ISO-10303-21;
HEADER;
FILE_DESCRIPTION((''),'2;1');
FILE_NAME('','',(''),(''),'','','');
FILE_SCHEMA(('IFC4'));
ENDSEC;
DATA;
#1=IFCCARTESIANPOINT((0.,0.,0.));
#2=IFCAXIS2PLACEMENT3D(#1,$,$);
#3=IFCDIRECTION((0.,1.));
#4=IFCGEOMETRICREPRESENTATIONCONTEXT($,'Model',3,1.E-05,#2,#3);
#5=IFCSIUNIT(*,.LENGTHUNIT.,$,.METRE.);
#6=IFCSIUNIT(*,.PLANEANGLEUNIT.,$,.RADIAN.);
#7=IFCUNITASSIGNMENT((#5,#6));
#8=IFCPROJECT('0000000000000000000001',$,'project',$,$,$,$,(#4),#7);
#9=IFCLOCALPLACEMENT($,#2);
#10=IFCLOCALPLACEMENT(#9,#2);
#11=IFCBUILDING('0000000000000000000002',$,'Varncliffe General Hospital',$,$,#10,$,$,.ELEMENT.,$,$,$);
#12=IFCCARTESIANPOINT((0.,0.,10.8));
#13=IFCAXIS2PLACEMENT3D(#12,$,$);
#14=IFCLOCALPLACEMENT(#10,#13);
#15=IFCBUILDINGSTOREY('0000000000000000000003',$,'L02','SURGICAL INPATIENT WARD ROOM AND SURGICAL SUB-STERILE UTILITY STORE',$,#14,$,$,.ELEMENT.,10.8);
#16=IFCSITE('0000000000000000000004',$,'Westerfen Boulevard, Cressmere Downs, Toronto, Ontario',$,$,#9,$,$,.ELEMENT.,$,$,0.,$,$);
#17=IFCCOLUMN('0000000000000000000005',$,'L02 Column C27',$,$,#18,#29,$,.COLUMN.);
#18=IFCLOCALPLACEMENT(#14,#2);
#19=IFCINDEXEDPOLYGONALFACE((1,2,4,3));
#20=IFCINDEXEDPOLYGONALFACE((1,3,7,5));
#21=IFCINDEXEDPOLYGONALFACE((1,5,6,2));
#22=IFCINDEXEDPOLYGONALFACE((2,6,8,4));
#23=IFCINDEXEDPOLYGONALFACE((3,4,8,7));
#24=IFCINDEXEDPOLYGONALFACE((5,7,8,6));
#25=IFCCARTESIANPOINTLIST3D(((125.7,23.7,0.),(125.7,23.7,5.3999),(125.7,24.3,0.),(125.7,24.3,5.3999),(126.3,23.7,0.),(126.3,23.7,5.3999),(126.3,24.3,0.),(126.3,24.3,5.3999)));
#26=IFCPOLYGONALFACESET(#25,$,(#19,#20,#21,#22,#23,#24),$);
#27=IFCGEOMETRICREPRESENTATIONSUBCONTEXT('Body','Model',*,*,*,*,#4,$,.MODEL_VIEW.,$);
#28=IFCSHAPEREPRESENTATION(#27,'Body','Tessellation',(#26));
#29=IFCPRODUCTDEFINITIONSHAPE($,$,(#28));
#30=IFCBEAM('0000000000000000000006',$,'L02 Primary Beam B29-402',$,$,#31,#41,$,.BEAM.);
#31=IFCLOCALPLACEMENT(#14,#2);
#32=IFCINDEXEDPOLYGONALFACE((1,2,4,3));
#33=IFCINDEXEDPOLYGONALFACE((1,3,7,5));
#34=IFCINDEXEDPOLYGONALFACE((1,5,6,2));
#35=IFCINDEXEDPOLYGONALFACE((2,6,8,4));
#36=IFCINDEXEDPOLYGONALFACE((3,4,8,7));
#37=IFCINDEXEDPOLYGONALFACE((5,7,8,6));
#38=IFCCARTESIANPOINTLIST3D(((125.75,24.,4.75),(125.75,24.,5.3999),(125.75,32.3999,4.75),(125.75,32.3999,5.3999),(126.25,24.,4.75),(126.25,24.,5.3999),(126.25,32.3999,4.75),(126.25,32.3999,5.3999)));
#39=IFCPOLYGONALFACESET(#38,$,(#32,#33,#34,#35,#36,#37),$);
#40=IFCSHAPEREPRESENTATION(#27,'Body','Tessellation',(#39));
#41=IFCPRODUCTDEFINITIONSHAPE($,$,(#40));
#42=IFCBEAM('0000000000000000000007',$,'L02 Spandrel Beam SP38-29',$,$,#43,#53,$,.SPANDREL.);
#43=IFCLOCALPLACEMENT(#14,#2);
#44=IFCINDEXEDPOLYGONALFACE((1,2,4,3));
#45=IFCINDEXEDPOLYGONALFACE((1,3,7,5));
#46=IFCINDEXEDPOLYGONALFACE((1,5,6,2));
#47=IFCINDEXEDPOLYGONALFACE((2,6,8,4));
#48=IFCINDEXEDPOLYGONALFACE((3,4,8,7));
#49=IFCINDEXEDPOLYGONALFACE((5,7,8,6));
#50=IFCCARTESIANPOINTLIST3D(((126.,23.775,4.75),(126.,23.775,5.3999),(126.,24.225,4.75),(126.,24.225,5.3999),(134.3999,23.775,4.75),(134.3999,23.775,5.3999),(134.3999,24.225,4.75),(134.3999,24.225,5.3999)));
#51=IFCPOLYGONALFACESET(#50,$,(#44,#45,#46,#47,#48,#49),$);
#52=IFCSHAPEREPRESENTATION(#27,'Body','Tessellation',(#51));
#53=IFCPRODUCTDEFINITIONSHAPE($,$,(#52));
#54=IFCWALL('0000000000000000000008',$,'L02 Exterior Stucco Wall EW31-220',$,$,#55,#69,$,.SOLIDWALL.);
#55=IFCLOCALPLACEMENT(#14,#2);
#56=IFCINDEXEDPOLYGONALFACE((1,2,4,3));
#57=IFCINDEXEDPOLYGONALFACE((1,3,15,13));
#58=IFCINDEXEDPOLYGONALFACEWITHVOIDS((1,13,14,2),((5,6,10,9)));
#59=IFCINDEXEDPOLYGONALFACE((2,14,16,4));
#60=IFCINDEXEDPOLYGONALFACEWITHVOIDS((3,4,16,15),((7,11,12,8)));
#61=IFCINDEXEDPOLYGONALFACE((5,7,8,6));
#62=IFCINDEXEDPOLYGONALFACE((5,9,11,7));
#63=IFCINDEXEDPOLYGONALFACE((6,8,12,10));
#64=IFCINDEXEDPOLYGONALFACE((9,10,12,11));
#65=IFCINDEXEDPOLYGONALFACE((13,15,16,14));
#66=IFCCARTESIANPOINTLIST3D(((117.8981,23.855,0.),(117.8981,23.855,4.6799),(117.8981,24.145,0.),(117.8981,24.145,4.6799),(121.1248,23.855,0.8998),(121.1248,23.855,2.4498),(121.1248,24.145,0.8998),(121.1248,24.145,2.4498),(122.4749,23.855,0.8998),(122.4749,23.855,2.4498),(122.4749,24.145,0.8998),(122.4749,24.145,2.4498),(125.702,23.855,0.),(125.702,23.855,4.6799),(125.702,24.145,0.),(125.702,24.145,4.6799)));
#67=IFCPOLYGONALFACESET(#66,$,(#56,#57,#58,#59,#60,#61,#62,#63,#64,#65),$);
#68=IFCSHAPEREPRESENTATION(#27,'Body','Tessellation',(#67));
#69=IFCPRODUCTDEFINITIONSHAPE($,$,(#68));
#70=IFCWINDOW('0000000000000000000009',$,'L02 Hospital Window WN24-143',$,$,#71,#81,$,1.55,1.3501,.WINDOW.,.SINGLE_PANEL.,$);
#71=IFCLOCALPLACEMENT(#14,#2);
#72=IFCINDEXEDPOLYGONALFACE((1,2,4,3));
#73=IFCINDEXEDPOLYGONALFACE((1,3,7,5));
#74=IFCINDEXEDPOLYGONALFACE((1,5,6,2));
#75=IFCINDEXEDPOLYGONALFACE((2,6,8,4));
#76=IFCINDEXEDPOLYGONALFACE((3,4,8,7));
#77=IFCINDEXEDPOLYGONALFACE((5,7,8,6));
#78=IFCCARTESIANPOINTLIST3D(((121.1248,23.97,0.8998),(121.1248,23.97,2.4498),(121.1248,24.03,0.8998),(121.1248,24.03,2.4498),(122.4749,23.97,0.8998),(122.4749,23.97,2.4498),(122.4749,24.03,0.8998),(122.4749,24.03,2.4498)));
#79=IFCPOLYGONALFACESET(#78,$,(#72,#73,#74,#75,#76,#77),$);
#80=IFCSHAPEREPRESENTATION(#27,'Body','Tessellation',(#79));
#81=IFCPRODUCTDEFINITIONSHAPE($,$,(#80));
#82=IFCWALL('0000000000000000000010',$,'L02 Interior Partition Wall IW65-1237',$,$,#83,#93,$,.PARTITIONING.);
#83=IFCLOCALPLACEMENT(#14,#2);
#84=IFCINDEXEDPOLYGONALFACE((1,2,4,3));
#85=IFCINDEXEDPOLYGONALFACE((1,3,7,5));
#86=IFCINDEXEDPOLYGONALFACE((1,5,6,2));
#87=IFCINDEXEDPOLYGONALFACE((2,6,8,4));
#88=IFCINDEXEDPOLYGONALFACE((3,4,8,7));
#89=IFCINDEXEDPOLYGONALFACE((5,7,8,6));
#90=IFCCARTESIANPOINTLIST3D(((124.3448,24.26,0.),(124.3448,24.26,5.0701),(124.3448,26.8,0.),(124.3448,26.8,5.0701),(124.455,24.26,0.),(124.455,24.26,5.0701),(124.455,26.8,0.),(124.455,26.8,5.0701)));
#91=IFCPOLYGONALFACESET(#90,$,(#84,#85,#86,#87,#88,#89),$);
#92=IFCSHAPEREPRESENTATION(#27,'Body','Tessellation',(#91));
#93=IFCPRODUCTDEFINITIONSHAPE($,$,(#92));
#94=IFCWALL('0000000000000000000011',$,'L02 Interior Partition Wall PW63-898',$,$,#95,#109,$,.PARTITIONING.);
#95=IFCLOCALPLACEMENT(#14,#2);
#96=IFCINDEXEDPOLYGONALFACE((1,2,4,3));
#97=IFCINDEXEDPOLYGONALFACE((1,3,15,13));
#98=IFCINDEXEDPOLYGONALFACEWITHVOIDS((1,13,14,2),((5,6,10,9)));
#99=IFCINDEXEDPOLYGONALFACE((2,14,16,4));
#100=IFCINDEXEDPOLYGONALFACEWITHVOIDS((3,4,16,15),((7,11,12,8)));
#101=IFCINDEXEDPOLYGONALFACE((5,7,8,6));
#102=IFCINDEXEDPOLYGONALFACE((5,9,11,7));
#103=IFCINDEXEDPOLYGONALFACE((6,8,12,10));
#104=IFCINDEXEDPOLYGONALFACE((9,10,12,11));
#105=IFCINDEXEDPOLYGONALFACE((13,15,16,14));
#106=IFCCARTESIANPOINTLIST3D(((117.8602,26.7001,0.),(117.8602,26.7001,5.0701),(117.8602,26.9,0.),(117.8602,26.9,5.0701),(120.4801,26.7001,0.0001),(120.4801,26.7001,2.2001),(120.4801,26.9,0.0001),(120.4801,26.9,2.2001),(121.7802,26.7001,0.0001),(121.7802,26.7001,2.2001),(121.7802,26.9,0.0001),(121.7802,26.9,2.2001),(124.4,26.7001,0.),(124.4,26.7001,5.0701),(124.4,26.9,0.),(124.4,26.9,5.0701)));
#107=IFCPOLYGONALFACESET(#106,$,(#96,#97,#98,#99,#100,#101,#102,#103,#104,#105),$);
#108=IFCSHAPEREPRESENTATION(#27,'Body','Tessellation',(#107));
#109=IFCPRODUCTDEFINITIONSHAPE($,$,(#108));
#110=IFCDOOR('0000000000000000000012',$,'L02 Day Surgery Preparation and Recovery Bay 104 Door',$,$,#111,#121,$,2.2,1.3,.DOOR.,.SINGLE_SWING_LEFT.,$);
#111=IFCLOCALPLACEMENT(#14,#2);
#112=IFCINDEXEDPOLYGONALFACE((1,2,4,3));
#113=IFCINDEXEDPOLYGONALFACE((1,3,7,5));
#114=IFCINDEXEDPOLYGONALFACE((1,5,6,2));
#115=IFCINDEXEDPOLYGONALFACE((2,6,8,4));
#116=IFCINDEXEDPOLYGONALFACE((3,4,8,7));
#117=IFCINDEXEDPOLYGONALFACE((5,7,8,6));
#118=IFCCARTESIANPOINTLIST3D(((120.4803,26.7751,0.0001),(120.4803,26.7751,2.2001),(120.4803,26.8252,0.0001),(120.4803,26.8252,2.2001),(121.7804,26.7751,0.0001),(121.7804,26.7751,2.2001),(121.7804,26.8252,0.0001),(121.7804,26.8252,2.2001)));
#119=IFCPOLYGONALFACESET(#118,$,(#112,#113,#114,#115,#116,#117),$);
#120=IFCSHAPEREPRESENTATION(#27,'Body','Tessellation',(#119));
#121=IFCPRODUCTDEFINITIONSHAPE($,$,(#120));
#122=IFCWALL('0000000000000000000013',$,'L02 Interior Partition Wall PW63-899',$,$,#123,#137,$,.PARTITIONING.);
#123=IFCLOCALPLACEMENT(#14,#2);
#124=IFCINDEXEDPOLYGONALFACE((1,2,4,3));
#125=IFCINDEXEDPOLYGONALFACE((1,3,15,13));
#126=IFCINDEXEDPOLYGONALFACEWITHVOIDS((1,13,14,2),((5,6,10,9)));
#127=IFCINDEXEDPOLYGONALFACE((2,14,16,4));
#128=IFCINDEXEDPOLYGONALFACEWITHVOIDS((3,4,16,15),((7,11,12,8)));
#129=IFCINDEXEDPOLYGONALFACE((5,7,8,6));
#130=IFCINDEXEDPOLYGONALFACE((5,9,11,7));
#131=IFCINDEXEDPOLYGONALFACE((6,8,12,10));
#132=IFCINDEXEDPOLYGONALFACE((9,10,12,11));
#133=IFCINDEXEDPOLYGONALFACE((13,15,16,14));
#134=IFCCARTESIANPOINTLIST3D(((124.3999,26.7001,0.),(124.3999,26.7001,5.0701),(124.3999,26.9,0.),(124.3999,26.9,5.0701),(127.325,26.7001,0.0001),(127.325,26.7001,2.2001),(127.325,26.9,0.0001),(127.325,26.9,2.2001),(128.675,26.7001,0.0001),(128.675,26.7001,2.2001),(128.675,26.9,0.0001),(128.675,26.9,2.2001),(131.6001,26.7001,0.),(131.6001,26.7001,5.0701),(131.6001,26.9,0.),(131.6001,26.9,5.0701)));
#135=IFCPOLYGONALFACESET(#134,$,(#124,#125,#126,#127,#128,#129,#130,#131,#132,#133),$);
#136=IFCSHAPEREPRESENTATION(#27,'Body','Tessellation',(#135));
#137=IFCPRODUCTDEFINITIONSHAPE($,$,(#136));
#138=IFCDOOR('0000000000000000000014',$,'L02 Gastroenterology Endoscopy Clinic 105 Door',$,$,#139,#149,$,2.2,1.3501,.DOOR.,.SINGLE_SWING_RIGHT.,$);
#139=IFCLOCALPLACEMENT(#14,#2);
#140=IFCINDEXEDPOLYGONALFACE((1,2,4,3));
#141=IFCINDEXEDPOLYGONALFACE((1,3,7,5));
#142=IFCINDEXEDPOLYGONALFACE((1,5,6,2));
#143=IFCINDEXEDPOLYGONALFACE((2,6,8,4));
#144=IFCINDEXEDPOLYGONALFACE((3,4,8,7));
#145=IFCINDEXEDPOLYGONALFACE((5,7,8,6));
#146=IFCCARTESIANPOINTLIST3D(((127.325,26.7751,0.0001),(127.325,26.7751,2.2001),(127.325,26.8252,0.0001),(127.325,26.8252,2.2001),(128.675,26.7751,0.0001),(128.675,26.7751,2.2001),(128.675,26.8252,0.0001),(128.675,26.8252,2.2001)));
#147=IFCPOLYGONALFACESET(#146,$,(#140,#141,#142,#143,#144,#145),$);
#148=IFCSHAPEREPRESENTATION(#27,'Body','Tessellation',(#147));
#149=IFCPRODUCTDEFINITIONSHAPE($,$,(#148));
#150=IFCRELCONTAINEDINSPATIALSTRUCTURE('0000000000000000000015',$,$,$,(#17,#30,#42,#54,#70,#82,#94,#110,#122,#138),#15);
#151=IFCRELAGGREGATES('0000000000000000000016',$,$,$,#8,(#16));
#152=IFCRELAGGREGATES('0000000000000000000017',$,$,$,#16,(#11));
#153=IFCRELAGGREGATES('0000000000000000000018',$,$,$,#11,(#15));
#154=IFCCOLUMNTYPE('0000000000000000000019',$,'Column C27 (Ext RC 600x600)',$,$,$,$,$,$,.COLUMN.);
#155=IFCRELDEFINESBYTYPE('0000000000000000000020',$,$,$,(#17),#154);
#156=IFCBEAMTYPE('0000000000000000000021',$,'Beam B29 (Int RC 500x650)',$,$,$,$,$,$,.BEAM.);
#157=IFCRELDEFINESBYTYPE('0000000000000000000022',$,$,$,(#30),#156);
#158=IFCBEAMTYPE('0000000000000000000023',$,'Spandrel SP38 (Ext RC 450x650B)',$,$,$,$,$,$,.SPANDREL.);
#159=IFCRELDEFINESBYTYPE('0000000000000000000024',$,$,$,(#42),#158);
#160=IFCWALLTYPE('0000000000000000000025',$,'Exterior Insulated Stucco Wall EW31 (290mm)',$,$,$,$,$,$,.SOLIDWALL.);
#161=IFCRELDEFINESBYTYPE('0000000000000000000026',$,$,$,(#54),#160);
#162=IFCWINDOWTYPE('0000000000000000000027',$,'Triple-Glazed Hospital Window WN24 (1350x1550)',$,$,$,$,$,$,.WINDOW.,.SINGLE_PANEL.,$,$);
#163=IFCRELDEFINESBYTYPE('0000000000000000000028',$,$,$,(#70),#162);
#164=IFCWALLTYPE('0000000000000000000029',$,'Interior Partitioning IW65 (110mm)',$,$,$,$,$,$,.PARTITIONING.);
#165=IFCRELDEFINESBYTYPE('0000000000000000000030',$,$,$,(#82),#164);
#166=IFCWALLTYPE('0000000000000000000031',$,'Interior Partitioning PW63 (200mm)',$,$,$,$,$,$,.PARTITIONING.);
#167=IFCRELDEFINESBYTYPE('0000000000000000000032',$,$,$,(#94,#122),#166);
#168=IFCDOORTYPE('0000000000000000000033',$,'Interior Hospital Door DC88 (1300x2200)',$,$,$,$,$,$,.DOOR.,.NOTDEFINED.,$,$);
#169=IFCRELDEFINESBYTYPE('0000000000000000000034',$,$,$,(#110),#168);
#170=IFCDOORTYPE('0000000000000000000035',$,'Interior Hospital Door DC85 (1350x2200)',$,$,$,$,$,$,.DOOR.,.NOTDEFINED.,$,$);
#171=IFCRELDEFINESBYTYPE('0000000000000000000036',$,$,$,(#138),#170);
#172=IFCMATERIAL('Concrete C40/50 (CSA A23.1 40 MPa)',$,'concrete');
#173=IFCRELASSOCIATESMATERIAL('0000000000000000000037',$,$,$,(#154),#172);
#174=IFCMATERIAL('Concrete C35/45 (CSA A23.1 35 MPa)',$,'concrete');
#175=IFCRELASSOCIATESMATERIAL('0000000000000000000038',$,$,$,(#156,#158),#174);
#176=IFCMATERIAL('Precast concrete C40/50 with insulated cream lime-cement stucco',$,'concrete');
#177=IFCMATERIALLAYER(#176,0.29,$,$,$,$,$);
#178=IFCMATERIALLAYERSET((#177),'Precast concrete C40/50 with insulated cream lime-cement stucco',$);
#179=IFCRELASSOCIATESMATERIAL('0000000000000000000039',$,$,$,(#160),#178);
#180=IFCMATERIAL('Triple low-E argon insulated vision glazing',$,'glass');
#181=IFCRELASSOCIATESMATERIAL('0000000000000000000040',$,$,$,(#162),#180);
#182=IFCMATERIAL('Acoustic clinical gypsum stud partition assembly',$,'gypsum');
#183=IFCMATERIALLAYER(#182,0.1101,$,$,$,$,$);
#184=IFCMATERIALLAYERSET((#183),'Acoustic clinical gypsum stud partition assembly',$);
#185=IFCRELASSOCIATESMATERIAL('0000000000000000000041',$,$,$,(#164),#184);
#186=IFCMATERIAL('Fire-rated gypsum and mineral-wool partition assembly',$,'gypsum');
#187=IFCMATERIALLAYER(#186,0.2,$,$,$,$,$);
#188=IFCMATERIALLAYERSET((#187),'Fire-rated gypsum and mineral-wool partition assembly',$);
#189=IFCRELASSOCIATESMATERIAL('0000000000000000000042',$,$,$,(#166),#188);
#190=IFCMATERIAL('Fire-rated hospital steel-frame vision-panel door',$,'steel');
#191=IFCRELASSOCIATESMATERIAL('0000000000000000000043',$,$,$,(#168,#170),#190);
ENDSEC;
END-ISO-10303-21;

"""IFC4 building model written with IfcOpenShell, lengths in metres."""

from ifc_helpers import new_model, si_unit, direction, frame, frame_2d, origin, origin_2d, place, context, subcontext, project, spatial, rectangle, extrude, material, layer, layer_set, material_profile, profile_set, type_object, element, fill, save


model = new_model("IFC4")

# Units and contexts
model_context = context("Model", 3, precision=1e-05, world=origin(), true_north=direction((0.0, 1.0)))
body_context = subcontext(model_context, "Body", "Model", "MODEL_VIEW")
ifc_project = project(units=[si_unit("LENGTHUNIT", "METRE"), si_unit("PLANEANGLEUNIT", "RADIAN")], contexts=[model_context])

# Site, building, storey
site_placement = place(None, origin())
site = spatial("IfcSite", under=ifc_project, at=site_placement, Name="Westerfen Boulevard, Cressmere Downs, Toronto, Ontario", CompositionType="ELEMENT", RefElevation=0.0)
building_placement = place(site_placement, origin())
building = spatial("IfcBuilding", under=site, at=building_placement, Name="Varncliffe General Hospital", CompositionType="ELEMENT")
storey_placement = place(building_placement, frame((0.0, 0.0, 10.8)))
storey = spatial("IfcBuildingStorey", under=building, at=storey_placement, Name="L02", Description="SURGICAL INPATIENT WARD ROOM AND SURGICAL SUB-STERILE UTILITY STORE", CompositionType="ELEMENT", Elevation=10.8)

# Column
ifc_material_1 = material(Name="Concrete C40/50 (CSA A23.1 40 MPa)", Category="concrete")
ifc_material_profile_1 = material_profile(ifc_material_1, rectangle(XDim=0.6001, YDim=0.6001, at=origin_2d()), Name="RC 600x600")
ifc_profile_set_1 = profile_set([ifc_material_profile_1], Name="Concrete C40/50 (CSA A23.1 40 MPa)")
column_type = type_object("IfcColumnType", Name="Column C27 (Ext RC 600x600)", PredefinedType="COLUMN", material=ifc_profile_set_1)
column_placement = place(storey_placement, frame((126.0, 24.0, 0.0), z_axis=(0.0, 0.0, 1.0), x_axis=(1.0, 0.0, 0.0)))
element("IfcColumn", 1, at=column_placement, inside=storey, type_object=column_type, Name="L02 Column C27", PredefinedType="COLUMN", context=body_context, shape_type="SweptSolid", body=[
    extrude(rectangle(XDim=0.6001, YDim=0.6001, at=origin_2d()), origin(), (0.0, 0.0, 1.0), 5.3999),
])

# Beams
ifc_material_2 = material(Name="Concrete C35/45 (CSA A23.1 35 MPa)", Category="concrete")
ifc_material_profile_2 = material_profile(ifc_material_2, rectangle(XDim=0.5, YDim=0.6499, at=origin_2d()), Name="RC 500x650")
ifc_profile_set_2 = profile_set([ifc_material_profile_2], Name="Concrete C35/45 (CSA A23.1 35 MPa)")
beam_type_1 = type_object("IfcBeamType", Name="Beam B29 (Int RC 500x650)", PredefinedType="BEAM", material=ifc_profile_set_2)
beam_1_placement = place(storey_placement, frame((126.0, 24.0, 5.075), z_axis=(0.0, 1.0, 0.0), x_axis=(-1.0, 0.0, 0.0)))
element("IfcBeam", 2, at=beam_1_placement, inside=storey, type_object=beam_type_1, Name="L02 Primary Beam B29-402", PredefinedType="BEAM", context=body_context, shape_type="SweptSolid", body=[
    extrude(rectangle(XDim=0.5, YDim=0.6499, at=origin_2d()), origin(), (0.0, 0.0, 1.0), 8.3999),
])
ifc_material_profile_3 = material_profile(ifc_material_2, rectangle(XDim=0.45, YDim=0.6499, at=origin_2d()), Name="RC 450x650")
ifc_profile_set_3 = profile_set([ifc_material_profile_3], Name="Concrete C35/45 (CSA A23.1 35 MPa)")
beam_type_2 = type_object("IfcBeamType", Name="Spandrel SP38 (Ext RC 450x650B)", PredefinedType="SPANDREL", material=ifc_profile_set_3)
beam_2_placement = place(storey_placement, frame((126.0, 24.0, 5.075), z_axis=(1.0, 0.0, 0.0), x_axis=(0.0, 1.0, 0.0)))
element("IfcBeam", 3, at=beam_2_placement, inside=storey, type_object=beam_type_2, Name="L02 Spandrel Beam SP38-29", PredefinedType="SPANDREL", context=body_context, shape_type="SweptSolid", body=[
    extrude(rectangle(XDim=0.45, YDim=0.6499, at=origin_2d()), origin(), (0.0, 0.0, 1.0), 8.3999),
])

# Wall, opening, window
ifc_material_3 = material(Name="Precast concrete C40/50 with insulated cream lime-cement stucco", Category="concrete")
ifc_layer_1 = layer(ifc_material_3, 0.29)
ifc_layer_set_1 = layer_set([ifc_layer_1], Name="Precast concrete C40/50 with insulated cream lime-cement stucco")
wall_type_1 = type_object("IfcWallType", Name="Exterior Insulated Stucco Wall EW31 (290mm)", PredefinedType="SOLIDWALL", material=ifc_layer_set_1)
wall_1_placement = place(storey_placement, frame((125.7019, 24.0, 0.0), z_axis=(0.0, 0.0, 1.0), x_axis=(-1.0, 0.0, 0.0)))
wall_1 = element("IfcWall", 4, at=wall_1_placement, inside=storey, type_object=wall_type_1, Name="L02 Exterior Stucco Wall EW31-220", PredefinedType="SOLIDWALL", context=body_context, shape_type="SweptSolid", body=[
    extrude(rectangle(XDim=7.804, YDim=0.29, at=frame_2d((3.9019, 0.0))), origin(), (0.0, 0.0, 1.0), 4.6799),
])
opening_1_placement = place(wall_1_placement, frame((3.2271, 0.0, 0.8999)))
opening_1 = element("IfcOpeningElement", 5, at=opening_1_placement, cuts=wall_1, PredefinedType="OPENING", context=body_context, shape_type="SweptSolid", body=[
    extrude(rectangle(XDim=1.3501, YDim=1.55, at=frame_2d((0.675, 0.7749))), frame((0.0, 0.155, 0.0), z_axis=(0.0, -1.0, 0.0), x_axis=(1.0, 0.0, 0.0)), (0.0, 0.0, 1.0), 0.3101),
])
ifc_material_4 = material(Name="Triple low-E argon insulated vision glazing", Category="glass")
window_type = type_object("IfcWindowType", Name="Triple-Glazed Hospital Window WN24 (1350x1550)", PartitioningType="SINGLE_PANEL", PredefinedType="WINDOW", material=ifc_material_4)
window_placement = place(opening_1_placement, origin())
window = element("IfcWindow", 6, at=window_placement, inside=storey, type_object=window_type, Name="L02 Hospital Window WN24-143", OverallHeight=1.55, OverallWidth=1.3501, PartitioningType="SINGLE_PANEL", PredefinedType="WINDOW", context=body_context, shape_type="SweptSolid", body=[
    extrude(rectangle(XDim=1.3501, YDim=1.55, at=frame_2d((0.675, 0.7749))), frame((0.0, 0.03, 0.0), z_axis=(0.0, -1.0, 0.0), x_axis=(1.0, 0.0, 0.0)), (0.0, 0.0, 1.0), 0.0601),
])
fill(opening_1, window)

# Wall
ifc_material_5 = material(Name="Acoustic clinical gypsum stud partition assembly", Category="gypsum")
ifc_layer_2 = layer(ifc_material_5, 0.1101)
ifc_layer_set_2 = layer_set([ifc_layer_2], Name="Acoustic clinical gypsum stud partition assembly")
wall_type_2 = type_object("IfcWallType", Name="Interior Partitioning IW65 (110mm)", PredefinedType="PARTITIONING", material=ifc_layer_set_2)
wall_2_placement = place(storey_placement, frame((124.3999, 24.26, 0.0), z_axis=(0.0, 0.0, 1.0), x_axis=(0.0, 1.0, 0.0)))
element("IfcWall", 7, at=wall_2_placement, inside=storey, type_object=wall_type_2, Name="L02 Interior Partition Wall IW65-1237", PredefinedType="PARTITIONING", context=body_context, shape_type="SweptSolid", body=[
    extrude(rectangle(XDim=2.54, YDim=0.1101, at=frame_2d((1.27, 0.0))), origin(), (0.0, 0.0, 1.0), 5.0701),
])

# Walls, openings, doors
ifc_material_6 = material(Name="Fire-rated gypsum and mineral-wool partition assembly", Category="gypsum")
ifc_layer_3 = layer(ifc_material_6, 0.2)
ifc_layer_set_3 = layer_set([ifc_layer_3], Name="Fire-rated gypsum and mineral-wool partition assembly")
wall_type_3 = type_object("IfcWallType", Name="Interior Partitioning PW63 (200mm)", PredefinedType="PARTITIONING", material=ifc_layer_set_3)
wall_3_placement = place(storey_placement, frame((117.8601, 26.8, 0.0), z_axis=(0.0, 0.0, 1.0), x_axis=(1.0, 0.0, 0.0)))
wall_3 = element("IfcWall", 8, at=wall_3_placement, inside=storey, type_object=wall_type_3, Name="L02 Interior Partition Wall PW63-898", PredefinedType="PARTITIONING", context=body_context, shape_type="SweptSolid", body=[
    extrude(rectangle(XDim=6.5398, YDim=0.2, at=frame_2d((3.27, 0.0))), origin(), (0.0, 0.0, 1.0), 5.0701),
])
opening_2_placement = place(wall_3_placement, frame((2.6201, 0.0, 0.0)))
opening_2 = element("IfcOpeningElement", 9, at=opening_2_placement, cuts=wall_3, PredefinedType="OPENING", context=body_context, shape_type="SweptSolid", body=[
    extrude(rectangle(XDim=1.3, YDim=2.2, at=frame_2d((0.6499, 1.1001))), frame((0.0, 0.1099, 0.0), z_axis=(0.0, -1.0, 0.0), x_axis=(1.0, 0.0, 0.0)), (0.0, 0.0, 1.0), 0.22),
])
ifc_material_7 = material(Name="Fire-rated hospital steel-frame vision-panel door", Category="steel")
door_type_1 = type_object("IfcDoorType", Name="Interior Hospital Door DC88 (1300x2200)", OperationType="NOTDEFINED", PredefinedType="DOOR", material=ifc_material_7)
door_1_placement = place(opening_2_placement, frame((1.3, 0.0, 0.0), z_axis=(0.0, 0.0, 1.0), x_axis=(-1.0, 0.0, 0.0)))
door_1 = element("IfcDoor", 10, at=door_1_placement, inside=storey, type_object=door_type_1, Name="L02 Day Surgery Preparation and Recovery Bay 104 Door", OperationType="SINGLE_SWING_LEFT", OverallHeight=2.2, OverallWidth=1.3, PredefinedType="DOOR", context=body_context, shape_type="SweptSolid", body=[
    extrude(rectangle(XDim=1.3, YDim=2.2, at=frame_2d((0.6499, 1.1001))), frame((0.0, 0.0249, 0.0), z_axis=(0.0, -1.0, 0.0), x_axis=(1.0, 0.0, 0.0)), (0.0, 0.0, 1.0), 0.05),
])
fill(opening_2, door_1)
wall_4_placement = place(storey_placement, frame((124.3999, 26.8, 0.0), z_axis=(0.0, 0.0, 1.0), x_axis=(1.0, 0.0, 0.0)))
wall_4 = element("IfcWall", 11, at=wall_4_placement, inside=storey, type_object=wall_type_3, Name="L02 Interior Partition Wall PW63-899", PredefinedType="PARTITIONING", context=body_context, shape_type="SweptSolid", body=[
    extrude(rectangle(XDim=7.2002, YDim=0.2, at=frame_2d((3.6001, 0.0))), origin(), (0.0, 0.0, 1.0), 5.0701),
])
opening_3_placement = place(wall_4_placement, frame((2.925, 0.0, 0.0)))
opening_3 = element("IfcOpeningElement", 12, at=opening_3_placement, cuts=wall_4, PredefinedType="OPENING", context=body_context, shape_type="SweptSolid", body=[
    extrude(rectangle(XDim=1.3501, YDim=2.2, at=frame_2d((0.675, 1.1001))), frame((0.0, 0.1099, 0.0), z_axis=(0.0, -1.0, 0.0), x_axis=(1.0, 0.0, 0.0)), (0.0, 0.0, 1.0), 0.22),
])
door_type_2 = type_object("IfcDoorType", Name="Interior Hospital Door DC85 (1350x2200)", OperationType="NOTDEFINED", PredefinedType="DOOR", material=ifc_material_7)
door_2_placement = place(opening_3_placement, frame((1.3501, 0.0, 0.0), z_axis=(0.0, 0.0, 1.0), x_axis=(-1.0, 0.0, 0.0)))
door_2 = element("IfcDoor", 13, at=door_2_placement, inside=storey, type_object=door_type_2, Name="L02 Gastroenterology Endoscopy Clinic 105 Door", OperationType="SINGLE_SWING_RIGHT", OverallHeight=2.2, OverallWidth=1.3501, PredefinedType="DOOR", context=body_context, shape_type="SweptSolid", body=[
    extrude(rectangle(XDim=1.3501, YDim=2.2, at=frame_2d((0.675, 1.1001))), frame((0.0, 0.0249, 0.0), z_axis=(0.0, -1.0, 0.0), x_axis=(1.0, 0.0, 0.0)), (0.0, 0.0, 1.0), 0.05),
])
fill(opening_3, door_2)

save(model, "model.ifc")
